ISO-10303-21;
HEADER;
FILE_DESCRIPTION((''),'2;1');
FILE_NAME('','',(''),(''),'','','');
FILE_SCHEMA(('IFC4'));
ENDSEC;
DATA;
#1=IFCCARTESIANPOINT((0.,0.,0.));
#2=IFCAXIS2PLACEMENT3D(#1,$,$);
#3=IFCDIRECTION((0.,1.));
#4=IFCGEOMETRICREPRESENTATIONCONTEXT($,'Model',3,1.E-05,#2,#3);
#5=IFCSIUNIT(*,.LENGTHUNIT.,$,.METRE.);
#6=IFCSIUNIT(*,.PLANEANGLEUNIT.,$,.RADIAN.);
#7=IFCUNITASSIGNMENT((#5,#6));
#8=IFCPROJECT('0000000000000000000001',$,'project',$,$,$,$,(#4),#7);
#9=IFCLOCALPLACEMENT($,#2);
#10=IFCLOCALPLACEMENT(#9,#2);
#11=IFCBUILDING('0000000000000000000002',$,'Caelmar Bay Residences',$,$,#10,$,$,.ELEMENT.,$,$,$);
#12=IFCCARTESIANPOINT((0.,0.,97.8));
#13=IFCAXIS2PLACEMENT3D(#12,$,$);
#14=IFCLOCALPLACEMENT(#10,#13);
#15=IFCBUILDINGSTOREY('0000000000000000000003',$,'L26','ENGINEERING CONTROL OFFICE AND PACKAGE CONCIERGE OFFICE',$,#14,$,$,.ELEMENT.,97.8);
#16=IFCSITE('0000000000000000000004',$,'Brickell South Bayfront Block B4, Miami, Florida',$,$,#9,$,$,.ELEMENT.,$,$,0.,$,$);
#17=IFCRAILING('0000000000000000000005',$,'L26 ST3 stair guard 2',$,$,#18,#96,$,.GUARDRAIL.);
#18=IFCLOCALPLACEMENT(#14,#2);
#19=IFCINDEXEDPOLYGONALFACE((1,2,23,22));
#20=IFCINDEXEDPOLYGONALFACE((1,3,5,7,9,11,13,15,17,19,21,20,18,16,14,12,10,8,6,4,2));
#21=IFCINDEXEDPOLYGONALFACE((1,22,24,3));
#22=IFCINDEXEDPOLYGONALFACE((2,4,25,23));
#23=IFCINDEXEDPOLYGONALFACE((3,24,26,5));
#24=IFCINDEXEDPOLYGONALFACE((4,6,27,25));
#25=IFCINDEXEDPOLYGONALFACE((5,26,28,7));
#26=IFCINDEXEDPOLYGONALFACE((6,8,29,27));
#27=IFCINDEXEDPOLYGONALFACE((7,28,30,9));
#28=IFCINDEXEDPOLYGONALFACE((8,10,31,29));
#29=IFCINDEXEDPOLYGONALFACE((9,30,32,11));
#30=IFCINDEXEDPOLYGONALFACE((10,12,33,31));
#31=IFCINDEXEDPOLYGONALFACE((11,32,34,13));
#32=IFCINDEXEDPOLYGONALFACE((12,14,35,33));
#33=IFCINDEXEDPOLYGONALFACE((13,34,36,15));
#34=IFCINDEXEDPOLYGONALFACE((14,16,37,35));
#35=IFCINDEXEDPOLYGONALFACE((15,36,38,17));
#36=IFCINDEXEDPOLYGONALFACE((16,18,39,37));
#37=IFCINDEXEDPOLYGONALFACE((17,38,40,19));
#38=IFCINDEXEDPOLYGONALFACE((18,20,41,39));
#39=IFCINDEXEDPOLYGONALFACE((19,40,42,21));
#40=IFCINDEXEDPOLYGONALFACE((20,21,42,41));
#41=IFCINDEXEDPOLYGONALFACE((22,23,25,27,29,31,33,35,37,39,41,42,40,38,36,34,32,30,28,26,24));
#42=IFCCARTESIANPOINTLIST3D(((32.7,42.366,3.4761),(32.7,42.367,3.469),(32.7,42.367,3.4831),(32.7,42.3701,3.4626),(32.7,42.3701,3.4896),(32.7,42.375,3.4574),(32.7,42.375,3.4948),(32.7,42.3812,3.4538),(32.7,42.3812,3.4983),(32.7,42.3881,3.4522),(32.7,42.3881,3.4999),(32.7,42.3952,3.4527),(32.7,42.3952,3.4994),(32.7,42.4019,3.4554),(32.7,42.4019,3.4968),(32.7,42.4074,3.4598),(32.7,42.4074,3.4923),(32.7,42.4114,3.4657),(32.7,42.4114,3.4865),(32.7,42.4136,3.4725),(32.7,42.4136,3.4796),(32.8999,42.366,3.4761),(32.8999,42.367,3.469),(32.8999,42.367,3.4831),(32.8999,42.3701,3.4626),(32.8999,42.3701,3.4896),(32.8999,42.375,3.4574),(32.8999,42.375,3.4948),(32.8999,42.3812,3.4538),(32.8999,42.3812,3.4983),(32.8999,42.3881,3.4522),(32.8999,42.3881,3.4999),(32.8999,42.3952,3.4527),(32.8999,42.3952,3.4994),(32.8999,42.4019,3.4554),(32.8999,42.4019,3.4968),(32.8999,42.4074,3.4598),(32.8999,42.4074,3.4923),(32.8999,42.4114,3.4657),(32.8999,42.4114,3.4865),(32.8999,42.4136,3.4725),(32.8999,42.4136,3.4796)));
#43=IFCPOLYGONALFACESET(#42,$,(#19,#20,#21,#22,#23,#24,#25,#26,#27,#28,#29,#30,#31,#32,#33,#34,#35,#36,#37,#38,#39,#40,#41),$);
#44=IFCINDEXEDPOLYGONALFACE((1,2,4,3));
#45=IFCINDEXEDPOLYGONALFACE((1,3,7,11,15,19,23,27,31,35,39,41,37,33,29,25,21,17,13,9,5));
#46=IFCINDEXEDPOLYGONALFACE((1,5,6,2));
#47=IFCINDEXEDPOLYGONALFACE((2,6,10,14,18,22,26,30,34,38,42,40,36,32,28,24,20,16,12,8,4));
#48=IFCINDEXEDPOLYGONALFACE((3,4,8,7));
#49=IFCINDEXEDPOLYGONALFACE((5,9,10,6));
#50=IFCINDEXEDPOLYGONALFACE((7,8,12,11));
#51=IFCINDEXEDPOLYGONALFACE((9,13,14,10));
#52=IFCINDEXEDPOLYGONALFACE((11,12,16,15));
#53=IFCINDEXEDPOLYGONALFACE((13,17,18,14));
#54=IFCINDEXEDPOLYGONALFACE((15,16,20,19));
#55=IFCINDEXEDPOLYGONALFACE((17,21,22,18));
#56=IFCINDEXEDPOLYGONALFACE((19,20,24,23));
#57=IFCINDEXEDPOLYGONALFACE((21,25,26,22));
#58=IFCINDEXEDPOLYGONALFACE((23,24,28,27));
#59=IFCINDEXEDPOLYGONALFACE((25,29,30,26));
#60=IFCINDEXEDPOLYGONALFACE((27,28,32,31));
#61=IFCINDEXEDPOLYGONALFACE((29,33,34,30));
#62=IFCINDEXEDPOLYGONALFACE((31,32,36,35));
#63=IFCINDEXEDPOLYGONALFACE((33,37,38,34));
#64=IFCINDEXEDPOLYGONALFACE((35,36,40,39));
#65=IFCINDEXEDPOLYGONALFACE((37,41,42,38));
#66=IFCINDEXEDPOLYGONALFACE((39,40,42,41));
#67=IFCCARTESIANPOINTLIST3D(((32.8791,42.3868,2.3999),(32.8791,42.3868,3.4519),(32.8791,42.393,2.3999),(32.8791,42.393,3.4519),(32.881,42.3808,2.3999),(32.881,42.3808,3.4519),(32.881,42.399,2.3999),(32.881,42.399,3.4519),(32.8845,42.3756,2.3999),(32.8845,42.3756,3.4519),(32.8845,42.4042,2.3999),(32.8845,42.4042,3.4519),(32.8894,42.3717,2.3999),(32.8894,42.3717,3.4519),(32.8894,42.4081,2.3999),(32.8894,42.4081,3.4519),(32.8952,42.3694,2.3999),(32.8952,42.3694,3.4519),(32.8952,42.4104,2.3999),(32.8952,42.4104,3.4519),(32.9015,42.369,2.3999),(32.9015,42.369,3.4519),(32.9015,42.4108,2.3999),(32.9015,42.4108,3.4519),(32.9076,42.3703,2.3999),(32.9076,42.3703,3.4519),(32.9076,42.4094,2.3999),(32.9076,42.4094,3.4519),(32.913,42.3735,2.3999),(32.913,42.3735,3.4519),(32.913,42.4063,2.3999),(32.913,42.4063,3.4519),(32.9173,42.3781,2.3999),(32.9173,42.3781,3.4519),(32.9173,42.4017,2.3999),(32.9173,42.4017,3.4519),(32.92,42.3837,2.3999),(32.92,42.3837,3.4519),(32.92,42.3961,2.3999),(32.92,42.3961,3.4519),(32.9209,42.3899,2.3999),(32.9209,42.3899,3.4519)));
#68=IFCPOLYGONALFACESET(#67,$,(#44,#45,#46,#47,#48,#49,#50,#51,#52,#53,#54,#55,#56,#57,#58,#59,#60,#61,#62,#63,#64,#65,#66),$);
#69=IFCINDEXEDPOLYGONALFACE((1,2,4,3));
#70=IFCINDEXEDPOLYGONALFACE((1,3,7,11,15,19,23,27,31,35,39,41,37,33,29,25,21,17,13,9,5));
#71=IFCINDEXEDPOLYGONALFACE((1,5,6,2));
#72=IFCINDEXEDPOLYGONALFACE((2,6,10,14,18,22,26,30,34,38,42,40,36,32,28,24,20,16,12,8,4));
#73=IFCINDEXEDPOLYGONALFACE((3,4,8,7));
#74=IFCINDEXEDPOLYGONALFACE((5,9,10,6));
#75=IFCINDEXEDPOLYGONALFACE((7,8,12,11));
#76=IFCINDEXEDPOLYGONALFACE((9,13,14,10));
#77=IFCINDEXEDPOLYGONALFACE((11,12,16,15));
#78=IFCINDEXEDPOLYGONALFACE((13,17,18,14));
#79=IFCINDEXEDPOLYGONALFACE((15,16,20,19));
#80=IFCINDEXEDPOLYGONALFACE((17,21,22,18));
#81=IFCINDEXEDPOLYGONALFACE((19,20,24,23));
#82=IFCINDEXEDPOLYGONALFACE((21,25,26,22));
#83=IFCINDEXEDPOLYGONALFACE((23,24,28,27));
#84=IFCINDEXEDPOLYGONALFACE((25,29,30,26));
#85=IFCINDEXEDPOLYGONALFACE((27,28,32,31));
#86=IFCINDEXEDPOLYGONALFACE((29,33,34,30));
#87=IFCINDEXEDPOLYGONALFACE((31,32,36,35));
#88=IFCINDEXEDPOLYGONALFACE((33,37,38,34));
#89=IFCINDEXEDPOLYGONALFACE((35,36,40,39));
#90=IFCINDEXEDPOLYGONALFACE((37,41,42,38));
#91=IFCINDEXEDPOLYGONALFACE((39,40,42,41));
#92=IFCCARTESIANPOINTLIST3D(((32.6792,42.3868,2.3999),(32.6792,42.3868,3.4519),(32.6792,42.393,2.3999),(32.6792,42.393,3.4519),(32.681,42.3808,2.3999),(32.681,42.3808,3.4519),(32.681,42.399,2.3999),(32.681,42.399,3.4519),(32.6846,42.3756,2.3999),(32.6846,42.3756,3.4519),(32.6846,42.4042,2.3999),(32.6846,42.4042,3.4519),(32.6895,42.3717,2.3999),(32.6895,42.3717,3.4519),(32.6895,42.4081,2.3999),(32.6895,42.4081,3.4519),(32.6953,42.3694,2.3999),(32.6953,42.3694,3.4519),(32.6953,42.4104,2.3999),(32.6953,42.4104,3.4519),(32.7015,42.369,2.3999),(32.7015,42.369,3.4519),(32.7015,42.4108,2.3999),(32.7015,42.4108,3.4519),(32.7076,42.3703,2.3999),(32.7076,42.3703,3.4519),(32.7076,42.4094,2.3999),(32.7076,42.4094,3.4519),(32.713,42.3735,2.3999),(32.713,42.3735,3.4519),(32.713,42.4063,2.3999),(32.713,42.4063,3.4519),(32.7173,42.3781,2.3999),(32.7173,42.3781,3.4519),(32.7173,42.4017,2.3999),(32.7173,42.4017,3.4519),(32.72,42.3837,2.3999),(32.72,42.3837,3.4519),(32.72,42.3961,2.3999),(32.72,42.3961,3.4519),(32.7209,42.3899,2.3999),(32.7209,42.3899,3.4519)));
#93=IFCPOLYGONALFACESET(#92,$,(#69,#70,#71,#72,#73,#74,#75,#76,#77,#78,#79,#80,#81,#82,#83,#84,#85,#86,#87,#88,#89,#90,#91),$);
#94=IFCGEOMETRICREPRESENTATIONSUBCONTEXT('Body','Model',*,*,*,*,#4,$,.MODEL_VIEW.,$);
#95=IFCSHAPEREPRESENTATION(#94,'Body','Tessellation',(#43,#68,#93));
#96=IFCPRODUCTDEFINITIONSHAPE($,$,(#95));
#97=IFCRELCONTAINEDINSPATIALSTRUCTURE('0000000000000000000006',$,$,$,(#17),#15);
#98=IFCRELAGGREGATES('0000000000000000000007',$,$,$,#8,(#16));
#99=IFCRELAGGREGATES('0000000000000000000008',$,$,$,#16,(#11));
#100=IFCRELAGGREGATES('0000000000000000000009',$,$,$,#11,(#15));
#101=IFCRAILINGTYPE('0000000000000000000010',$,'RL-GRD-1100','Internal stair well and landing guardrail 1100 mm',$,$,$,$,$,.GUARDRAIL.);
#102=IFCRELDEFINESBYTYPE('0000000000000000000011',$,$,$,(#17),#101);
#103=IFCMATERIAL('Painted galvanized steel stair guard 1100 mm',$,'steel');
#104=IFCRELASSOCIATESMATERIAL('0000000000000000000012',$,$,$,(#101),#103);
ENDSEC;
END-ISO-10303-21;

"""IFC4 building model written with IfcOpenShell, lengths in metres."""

from ifc_helpers import new_model, si_unit, direction, frame, origin, origin_2d, place, context, subcontext, project, spatial, circle, extrude, material, type_object, element, save


model = new_model("IFC4")

# Units and contexts
model_context = context("Model", 3, precision=1e-05, world=origin(), true_north=direction((0.0, 1.0)))
body_context = subcontext(model_context, "Body", "Model", "MODEL_VIEW")
ifc_project = project(units=[si_unit("LENGTHUNIT", "METRE"), si_unit("PLANEANGLEUNIT", "RADIAN")], contexts=[model_context])

# Site, building, storey
site_placement = place(None, origin())
site = spatial("IfcSite", under=ifc_project, at=site_placement, Name="Brickell South Bayfront Block B4, Miami, Florida", CompositionType="ELEMENT", RefElevation=0.0)
building_placement = place(site_placement, origin())
building = spatial("IfcBuilding", under=site, at=building_placement, Name="Caelmar Bay Residences", CompositionType="ELEMENT")
storey_placement = place(building_placement, frame((0.0, 0.0, 97.8)))
storey = spatial("IfcBuildingStorey", under=building, at=storey_placement, Name="L26", Description="ENGINEERING CONTROL OFFICE AND PACKAGE CONCIERGE OFFICE", CompositionType="ELEMENT", Elevation=97.8)

# Railing
ifc_material_1 = material(Name="Painted galvanized steel stair guard 1100 mm", Category="steel")
railing_type_1 = type_object("IfcRailingType", Name="RL-GRD-1100", Description="Internal stair well and landing guardrail 1100 mm", PredefinedType="GUARDRAIL", material=ifc_material_1)
railing_1_placement = place(storey_placement, frame((32.8999, 42.3899, 2.3999)))
element("IfcRailing", 1, at=railing_1_placement, inside=storey, type_object=railing_type_1, Name="L26 ST3 stair guard 2", PredefinedType="GUARDRAIL", context=body_context, shape_type="SweptSolid", body=[
    extrude(circle(Radius=0.0239, at=origin_2d()), frame((0.0, 0.0, 1.0762), z_axis=(-1.0, 0.0, 0.0), x_axis=(0.0, -1.0, 0.0)), (0.0, 0.0, 1.0), 0.2),
    extrude(circle(Radius=0.021, at=origin_2d()), origin(), (0.0, 0.0, 1.0), 1.052),
    extrude(circle(Radius=0.021, at=origin_2d()), frame((-0.2, 0.0, 0.0)), (0.0, 0.0, 1.0), 1.052),
])

save(model, "model.ifc")
